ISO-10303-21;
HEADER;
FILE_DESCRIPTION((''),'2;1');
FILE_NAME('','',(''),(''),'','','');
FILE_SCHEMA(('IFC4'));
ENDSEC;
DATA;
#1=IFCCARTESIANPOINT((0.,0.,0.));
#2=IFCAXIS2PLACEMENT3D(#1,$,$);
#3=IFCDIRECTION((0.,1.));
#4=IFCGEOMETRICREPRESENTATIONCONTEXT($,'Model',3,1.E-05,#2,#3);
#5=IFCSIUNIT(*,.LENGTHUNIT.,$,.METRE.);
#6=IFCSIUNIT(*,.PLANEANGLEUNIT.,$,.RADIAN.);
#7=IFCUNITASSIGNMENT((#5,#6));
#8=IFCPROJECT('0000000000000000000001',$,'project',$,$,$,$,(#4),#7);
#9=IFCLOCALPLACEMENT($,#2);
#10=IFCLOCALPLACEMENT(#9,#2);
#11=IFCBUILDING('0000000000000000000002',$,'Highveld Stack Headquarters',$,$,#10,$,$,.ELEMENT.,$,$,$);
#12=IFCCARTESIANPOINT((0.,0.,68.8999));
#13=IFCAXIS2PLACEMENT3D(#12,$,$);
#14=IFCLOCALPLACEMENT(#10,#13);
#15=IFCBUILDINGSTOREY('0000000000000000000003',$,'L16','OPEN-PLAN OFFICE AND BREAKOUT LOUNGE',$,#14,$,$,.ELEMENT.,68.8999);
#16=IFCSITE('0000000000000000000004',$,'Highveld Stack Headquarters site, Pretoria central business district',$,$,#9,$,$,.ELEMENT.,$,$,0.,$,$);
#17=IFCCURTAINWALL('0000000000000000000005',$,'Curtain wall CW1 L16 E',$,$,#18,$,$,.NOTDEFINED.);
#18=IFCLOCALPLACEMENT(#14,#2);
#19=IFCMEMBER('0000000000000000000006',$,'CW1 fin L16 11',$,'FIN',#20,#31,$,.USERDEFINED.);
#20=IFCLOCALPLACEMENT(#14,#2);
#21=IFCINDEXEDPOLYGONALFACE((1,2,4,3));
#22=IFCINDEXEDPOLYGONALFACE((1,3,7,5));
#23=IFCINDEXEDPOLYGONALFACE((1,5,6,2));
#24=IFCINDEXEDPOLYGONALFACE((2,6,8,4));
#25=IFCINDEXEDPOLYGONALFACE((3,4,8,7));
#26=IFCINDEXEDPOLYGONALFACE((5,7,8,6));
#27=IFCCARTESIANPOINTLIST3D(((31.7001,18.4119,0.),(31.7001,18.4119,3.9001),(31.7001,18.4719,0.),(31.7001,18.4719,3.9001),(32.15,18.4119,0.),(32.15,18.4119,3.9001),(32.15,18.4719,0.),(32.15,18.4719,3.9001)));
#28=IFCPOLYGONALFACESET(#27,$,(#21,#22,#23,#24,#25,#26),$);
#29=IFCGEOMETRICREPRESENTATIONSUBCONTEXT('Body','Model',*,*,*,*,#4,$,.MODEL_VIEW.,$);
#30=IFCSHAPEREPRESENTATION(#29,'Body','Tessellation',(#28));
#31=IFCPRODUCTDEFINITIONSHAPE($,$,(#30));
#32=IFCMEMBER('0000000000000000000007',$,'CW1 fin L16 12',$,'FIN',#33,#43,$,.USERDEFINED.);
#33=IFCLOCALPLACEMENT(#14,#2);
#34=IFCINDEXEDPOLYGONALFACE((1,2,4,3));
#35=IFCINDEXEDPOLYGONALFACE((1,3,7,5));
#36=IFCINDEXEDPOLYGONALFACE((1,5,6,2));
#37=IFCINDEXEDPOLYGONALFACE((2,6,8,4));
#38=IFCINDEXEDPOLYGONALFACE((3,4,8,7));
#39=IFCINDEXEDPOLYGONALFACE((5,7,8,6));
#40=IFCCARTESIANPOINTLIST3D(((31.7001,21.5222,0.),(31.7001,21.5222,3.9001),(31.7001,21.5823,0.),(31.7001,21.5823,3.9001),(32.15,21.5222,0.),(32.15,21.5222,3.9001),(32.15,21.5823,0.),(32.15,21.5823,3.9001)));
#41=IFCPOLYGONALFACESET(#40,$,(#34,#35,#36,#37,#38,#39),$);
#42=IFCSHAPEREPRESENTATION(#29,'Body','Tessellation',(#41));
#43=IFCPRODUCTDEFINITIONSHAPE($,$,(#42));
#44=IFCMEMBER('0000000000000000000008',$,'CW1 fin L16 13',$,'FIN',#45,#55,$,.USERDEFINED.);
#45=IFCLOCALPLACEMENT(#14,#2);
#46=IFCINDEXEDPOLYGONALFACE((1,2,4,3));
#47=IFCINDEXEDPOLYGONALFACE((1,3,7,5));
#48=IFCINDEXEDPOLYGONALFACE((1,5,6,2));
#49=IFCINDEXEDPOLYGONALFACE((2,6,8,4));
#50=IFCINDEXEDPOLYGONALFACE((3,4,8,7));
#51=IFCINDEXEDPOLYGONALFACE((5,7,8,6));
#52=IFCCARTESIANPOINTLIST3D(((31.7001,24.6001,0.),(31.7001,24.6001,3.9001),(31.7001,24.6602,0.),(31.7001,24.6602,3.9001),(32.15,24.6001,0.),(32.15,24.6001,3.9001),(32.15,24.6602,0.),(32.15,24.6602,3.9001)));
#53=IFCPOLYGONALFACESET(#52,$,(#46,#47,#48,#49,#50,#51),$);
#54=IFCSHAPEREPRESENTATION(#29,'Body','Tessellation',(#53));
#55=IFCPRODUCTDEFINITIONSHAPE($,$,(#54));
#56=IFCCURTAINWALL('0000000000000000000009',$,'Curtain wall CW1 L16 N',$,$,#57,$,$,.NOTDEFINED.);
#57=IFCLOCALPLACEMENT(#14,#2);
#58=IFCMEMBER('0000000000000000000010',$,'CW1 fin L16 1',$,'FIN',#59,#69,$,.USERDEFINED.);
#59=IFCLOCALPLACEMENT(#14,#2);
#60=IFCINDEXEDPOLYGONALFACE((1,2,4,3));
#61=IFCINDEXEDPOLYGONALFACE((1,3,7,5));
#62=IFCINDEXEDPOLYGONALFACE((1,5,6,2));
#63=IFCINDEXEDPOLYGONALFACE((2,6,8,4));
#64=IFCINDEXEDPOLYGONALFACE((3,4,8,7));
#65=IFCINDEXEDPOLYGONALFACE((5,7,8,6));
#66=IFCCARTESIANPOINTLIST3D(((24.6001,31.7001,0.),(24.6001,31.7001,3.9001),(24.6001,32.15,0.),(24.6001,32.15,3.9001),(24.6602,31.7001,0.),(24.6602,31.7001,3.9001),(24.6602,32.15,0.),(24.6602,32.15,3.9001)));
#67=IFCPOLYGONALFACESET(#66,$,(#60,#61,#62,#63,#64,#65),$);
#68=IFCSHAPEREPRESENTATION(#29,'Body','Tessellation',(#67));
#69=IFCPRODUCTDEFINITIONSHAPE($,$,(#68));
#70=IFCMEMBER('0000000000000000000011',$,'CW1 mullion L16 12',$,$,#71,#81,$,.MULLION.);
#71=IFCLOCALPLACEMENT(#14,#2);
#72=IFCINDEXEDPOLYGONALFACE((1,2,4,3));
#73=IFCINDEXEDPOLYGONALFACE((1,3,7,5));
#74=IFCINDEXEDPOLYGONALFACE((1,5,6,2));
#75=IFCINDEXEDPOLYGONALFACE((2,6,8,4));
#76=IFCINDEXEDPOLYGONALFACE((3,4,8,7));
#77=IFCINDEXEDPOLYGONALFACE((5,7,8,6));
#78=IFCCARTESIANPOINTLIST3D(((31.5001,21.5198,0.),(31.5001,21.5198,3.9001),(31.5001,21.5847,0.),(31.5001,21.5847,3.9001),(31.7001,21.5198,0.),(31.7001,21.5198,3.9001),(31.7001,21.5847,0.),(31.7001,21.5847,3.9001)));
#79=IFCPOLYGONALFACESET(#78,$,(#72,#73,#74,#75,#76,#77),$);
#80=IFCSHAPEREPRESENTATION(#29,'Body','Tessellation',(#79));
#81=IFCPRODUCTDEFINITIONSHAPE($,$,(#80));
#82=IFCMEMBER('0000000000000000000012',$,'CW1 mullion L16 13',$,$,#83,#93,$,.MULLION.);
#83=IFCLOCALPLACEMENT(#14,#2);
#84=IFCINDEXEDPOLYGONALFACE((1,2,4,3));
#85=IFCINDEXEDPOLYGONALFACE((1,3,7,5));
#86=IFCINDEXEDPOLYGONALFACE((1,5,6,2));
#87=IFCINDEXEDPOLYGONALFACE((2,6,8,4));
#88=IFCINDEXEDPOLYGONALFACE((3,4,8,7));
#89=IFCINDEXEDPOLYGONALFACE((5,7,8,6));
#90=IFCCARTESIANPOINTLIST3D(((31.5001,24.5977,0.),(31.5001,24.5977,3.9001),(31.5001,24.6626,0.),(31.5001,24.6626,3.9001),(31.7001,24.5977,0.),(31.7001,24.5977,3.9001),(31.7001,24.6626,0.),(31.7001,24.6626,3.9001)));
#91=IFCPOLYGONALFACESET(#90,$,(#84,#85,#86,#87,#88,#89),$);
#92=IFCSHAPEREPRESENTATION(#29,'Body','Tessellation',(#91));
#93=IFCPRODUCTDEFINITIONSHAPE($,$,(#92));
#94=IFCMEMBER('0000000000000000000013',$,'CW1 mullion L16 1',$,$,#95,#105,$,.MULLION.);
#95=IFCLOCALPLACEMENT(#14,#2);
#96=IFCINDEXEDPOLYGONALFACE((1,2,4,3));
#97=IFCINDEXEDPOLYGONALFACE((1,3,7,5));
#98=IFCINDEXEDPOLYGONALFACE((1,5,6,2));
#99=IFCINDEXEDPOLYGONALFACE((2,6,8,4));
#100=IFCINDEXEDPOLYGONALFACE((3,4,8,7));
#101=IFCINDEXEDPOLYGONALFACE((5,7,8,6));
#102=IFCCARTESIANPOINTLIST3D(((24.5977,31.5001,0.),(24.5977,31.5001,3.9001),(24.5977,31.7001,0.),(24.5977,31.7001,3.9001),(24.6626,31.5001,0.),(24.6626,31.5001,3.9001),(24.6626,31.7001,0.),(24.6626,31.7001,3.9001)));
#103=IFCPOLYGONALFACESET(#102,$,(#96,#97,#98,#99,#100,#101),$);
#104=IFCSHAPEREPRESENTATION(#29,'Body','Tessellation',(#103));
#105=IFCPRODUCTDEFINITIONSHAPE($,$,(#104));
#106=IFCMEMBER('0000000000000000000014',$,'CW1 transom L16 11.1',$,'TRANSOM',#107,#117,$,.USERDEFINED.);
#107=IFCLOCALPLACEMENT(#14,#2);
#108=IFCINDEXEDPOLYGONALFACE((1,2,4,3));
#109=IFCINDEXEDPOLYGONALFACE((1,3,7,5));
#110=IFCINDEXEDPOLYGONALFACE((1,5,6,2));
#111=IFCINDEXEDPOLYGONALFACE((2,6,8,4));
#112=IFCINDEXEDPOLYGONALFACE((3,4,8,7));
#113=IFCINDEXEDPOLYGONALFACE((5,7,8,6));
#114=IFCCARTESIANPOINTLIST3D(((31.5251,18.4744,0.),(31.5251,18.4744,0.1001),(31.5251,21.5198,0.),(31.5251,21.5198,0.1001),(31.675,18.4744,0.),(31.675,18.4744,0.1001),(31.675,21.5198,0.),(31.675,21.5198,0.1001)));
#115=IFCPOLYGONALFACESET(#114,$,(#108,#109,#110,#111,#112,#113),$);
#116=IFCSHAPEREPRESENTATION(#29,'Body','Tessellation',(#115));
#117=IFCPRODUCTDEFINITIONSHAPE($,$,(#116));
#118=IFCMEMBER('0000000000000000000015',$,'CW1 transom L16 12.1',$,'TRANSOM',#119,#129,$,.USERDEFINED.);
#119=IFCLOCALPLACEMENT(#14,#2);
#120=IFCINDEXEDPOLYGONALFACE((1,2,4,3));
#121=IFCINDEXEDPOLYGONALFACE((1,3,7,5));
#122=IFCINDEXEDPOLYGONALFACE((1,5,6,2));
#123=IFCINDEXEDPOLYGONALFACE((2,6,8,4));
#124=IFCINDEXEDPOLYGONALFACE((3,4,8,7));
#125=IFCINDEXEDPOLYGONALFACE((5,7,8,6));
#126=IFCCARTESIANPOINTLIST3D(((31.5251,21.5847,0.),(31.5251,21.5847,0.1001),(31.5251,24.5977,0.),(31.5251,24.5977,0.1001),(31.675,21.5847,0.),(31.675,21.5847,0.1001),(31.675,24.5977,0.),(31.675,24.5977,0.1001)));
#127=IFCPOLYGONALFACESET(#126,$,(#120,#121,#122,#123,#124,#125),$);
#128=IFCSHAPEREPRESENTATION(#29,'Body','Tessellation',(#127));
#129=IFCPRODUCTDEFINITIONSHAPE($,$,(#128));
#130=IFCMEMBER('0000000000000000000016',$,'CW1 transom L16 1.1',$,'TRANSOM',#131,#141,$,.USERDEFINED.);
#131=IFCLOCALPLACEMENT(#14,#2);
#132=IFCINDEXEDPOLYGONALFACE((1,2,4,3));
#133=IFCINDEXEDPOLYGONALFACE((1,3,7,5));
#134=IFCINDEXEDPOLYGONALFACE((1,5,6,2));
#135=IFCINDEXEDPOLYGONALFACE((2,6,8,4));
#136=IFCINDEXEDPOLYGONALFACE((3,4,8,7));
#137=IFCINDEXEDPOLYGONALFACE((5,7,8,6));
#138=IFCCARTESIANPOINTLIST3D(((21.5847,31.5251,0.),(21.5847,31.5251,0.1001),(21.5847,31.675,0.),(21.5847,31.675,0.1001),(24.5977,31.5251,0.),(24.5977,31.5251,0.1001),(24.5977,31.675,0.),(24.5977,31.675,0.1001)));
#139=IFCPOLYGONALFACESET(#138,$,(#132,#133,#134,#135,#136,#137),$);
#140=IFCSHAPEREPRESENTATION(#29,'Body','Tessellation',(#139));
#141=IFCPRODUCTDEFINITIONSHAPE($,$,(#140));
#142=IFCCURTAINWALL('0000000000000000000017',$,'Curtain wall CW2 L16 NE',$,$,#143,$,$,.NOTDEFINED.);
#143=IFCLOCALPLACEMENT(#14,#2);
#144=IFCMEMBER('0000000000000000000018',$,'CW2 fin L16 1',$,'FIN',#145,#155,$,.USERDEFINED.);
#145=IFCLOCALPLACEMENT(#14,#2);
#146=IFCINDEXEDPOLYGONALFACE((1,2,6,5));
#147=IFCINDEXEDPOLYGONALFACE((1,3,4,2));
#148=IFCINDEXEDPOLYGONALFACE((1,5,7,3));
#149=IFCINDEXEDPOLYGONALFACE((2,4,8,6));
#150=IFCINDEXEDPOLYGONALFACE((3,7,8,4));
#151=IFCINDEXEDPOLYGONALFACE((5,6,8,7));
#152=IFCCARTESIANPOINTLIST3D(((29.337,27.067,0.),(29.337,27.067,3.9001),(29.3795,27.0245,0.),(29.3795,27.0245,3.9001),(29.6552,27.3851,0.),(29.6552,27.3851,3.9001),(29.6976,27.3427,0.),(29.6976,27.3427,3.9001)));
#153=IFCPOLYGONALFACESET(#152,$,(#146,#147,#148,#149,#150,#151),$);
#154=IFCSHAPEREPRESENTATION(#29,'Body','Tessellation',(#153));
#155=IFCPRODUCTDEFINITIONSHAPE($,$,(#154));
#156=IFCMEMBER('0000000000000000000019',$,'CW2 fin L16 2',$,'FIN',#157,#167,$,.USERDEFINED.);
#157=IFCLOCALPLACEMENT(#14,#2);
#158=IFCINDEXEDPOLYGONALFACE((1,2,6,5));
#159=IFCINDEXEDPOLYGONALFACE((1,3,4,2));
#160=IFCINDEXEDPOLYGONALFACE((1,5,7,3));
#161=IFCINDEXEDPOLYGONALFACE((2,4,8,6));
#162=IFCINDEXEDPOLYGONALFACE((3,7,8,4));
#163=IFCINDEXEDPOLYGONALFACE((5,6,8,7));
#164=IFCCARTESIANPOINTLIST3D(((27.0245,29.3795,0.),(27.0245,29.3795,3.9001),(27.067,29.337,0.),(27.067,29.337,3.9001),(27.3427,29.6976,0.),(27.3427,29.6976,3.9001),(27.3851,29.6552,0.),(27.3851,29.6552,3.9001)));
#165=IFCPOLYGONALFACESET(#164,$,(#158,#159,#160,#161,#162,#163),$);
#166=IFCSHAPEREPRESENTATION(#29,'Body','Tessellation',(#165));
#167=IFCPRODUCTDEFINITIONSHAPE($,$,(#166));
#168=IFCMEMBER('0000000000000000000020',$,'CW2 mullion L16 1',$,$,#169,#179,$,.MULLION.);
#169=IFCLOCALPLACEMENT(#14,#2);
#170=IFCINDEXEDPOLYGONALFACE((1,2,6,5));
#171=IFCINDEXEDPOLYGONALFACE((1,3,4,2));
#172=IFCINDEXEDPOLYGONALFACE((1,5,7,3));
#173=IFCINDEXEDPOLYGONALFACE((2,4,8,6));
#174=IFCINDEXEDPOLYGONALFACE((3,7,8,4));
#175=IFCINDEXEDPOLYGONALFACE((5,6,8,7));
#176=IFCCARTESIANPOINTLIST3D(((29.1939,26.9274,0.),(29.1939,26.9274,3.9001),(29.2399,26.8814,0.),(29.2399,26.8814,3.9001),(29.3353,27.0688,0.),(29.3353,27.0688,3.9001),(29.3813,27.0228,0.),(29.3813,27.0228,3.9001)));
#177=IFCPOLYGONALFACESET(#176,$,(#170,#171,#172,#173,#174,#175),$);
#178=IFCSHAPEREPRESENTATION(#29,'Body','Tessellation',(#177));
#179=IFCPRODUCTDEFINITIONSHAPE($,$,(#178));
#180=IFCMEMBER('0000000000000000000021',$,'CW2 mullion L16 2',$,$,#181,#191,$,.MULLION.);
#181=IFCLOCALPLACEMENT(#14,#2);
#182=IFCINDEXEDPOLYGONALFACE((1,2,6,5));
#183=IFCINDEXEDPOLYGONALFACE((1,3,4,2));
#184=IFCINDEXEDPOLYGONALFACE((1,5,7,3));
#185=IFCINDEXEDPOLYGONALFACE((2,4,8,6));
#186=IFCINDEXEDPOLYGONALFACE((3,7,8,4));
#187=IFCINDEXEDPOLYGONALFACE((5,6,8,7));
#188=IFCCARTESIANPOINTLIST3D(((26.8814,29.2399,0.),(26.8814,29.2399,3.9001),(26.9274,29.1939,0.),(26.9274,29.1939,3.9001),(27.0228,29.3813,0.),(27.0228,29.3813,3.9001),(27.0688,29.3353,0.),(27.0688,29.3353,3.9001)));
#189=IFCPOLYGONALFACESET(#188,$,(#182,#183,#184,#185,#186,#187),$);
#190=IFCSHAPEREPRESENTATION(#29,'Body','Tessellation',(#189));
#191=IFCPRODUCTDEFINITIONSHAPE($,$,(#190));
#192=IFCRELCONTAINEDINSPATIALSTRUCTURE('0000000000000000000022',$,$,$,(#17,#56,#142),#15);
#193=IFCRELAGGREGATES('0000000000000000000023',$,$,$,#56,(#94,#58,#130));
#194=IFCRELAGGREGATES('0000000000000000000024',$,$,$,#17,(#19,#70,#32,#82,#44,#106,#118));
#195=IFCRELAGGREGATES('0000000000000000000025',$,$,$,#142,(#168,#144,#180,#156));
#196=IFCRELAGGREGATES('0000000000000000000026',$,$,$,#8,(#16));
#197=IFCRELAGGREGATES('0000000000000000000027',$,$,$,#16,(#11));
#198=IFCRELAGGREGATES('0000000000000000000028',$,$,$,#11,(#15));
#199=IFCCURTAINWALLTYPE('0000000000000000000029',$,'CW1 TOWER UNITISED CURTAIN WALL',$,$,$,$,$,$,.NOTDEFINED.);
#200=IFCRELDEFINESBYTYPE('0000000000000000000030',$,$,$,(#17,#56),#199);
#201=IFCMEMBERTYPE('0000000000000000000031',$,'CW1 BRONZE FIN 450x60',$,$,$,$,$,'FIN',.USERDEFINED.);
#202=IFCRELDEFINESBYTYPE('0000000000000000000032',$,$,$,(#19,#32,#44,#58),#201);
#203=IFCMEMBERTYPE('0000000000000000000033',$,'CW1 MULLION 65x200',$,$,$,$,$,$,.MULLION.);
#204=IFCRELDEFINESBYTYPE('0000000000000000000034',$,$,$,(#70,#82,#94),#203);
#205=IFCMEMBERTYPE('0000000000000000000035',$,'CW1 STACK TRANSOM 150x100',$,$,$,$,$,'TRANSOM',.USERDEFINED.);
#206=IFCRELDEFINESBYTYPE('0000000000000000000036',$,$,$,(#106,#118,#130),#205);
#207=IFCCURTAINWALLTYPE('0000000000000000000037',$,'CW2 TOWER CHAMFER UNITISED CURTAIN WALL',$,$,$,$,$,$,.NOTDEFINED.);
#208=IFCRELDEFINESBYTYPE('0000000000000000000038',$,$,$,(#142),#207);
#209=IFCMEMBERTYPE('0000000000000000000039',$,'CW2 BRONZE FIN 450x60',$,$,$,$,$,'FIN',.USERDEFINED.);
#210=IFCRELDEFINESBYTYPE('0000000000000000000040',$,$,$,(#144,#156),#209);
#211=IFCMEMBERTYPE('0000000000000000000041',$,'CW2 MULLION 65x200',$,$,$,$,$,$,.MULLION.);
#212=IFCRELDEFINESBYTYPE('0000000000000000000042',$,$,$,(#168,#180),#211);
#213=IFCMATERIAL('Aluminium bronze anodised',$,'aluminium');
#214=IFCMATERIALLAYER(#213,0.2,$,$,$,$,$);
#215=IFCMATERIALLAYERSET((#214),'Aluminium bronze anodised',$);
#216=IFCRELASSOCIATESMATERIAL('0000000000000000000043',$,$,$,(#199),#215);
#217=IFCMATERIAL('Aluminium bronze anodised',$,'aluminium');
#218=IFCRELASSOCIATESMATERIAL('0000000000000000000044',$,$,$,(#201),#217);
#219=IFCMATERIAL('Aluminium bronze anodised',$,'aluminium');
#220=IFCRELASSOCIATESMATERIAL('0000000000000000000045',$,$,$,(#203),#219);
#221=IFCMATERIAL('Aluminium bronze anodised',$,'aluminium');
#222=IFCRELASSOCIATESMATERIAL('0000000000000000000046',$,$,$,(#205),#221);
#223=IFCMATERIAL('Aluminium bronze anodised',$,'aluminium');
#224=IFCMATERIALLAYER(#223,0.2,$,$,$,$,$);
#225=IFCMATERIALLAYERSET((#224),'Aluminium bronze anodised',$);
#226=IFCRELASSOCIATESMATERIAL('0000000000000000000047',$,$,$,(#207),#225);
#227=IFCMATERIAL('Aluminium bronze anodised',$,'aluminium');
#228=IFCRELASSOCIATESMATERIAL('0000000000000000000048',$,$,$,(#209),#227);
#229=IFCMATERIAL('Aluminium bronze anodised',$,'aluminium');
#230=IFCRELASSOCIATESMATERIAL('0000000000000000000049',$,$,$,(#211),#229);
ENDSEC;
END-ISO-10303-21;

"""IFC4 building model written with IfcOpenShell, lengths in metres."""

from ifc_helpers import new_model, si_unit, direction, frame, origin, origin_2d, place, context, subcontext, project, spatial, rectangle, extrude, material, layer, layer_set, material_profile, profile_set, type_object, element, aggregate, save


model = new_model("IFC4")

# Units and contexts
model_context = context("Model", 3, precision=1e-05, world=origin(), true_north=direction((0.0, 1.0)))
body_context = subcontext(model_context, "Body", "Model", "MODEL_VIEW")
ifc_project = project(units=[si_unit("LENGTHUNIT", "METRE"), si_unit("PLANEANGLEUNIT", "RADIAN")], contexts=[model_context])

# Site, building, storey
site_placement = place(None, origin())
site = spatial("IfcSite", under=ifc_project, at=site_placement, Name="Highveld Stack Headquarters site, Pretoria central business district", CompositionType="ELEMENT", RefElevation=0.0)
building_placement = place(site_placement, origin())
building = spatial("IfcBuilding", under=site, at=building_placement, Name="Highveld Stack Headquarters", CompositionType="ELEMENT")
storey_placement = place(building_placement, frame((0.0, 0.0, 68.8999)))
storey = spatial("IfcBuildingStorey", under=building, at=storey_placement, Name="L16", Description="OPEN-PLAN OFFICE AND BREAKOUT LOUNGE", CompositionType="ELEMENT", Elevation=68.8999)

# Curtain wall, members
ifc_material_1 = material(Name="Aluminium bronze anodised", Category="aluminium")
ifc_layer_1 = layer(ifc_material_1, 0.2)
ifc_layer_set_1 = layer_set([ifc_layer_1], Name="Aluminium bronze anodised")
curtain_wall_type_1 = type_object("IfcCurtainWallType", Name="CW1 TOWER UNITISED CURTAIN WALL", PredefinedType="NOTDEFINED", material=ifc_layer_set_1)
curtain_wall_1_placement = place(storey_placement, origin())
curtain_wall_1 = element("IfcCurtainWall", 1, at=curtain_wall_1_placement, inside=storey, type_object=curtain_wall_type_1, Name="Curtain wall CW1 L16 E", PredefinedType="NOTDEFINED")
ifc_material_2 = material(Name="Aluminium bronze anodised", Category="aluminium")
ifc_material_profile_1 = material_profile(ifc_material_2, rectangle(XDim=0.45, YDim=0.0601, at=origin_2d()), Name="FIN 450x60")
ifc_profile_set_1 = profile_set([ifc_material_profile_1], Name="Aluminium bronze anodised")
member_type_1 = type_object("IfcMemberType", Name="CW1 BRONZE FIN 450x60", ElementType="FIN", PredefinedType="USERDEFINED", material=ifc_profile_set_1)
member_1_placement = place(storey_placement, frame((31.925, 18.4419, 0.0), z_axis=(0.0, 0.0, 1.0), x_axis=(-1.0, 0.0, 0.0)))
member_1 = element("IfcMember", 2, at=member_1_placement, type_object=member_type_1, Name="CW1 fin L16 11", ObjectType="FIN", PredefinedType="USERDEFINED", context=body_context, shape_type="SweptSolid", body=[
    extrude(rectangle(XDim=0.45, YDim=0.0601, at=origin_2d()), origin(), (0.0, 0.0, 1.0), 3.9001),
])
member_2_placement = place(storey_placement, frame((31.925, 21.5522, 0.0), z_axis=(0.0, 0.0, 1.0), x_axis=(-1.0, 0.0, 0.0)))
member_2 = element("IfcMember", 3, at=member_2_placement, type_object=member_type_1, Name="CW1 fin L16 12", ObjectType="FIN", PredefinedType="USERDEFINED", context=body_context, shape_type="SweptSolid", body=[
    extrude(rectangle(XDim=0.45, YDim=0.0601, at=origin_2d()), origin(), (0.0, 0.0, 1.0), 3.9001),
])
member_3_placement = place(storey_placement, frame((31.925, 24.6301, 0.0), z_axis=(0.0, 0.0, 1.0), x_axis=(-1.0, 0.0, 0.0)))
member_3 = element("IfcMember", 4, at=member_3_placement, type_object=member_type_1, Name="CW1 fin L16 13", ObjectType="FIN", PredefinedType="USERDEFINED", context=body_context, shape_type="SweptSolid", body=[
    extrude(rectangle(XDim=0.45, YDim=0.0601, at=origin_2d()), origin(), (0.0, 0.0, 1.0), 3.9001),
])

# Curtain wall, member
curtain_wall_2_placement = place(storey_placement, origin())
curtain_wall_2 = element("IfcCurtainWall", 5, at=curtain_wall_2_placement, inside=storey, type_object=curtain_wall_type_1, Name="Curtain wall CW1 L16 N", PredefinedType="NOTDEFINED")
member_4_placement = place(storey_placement, frame((24.6301, 31.925, 0.0), z_axis=(0.0, 0.0, 1.0), x_axis=(0.0, -1.0, 0.0)))
member_4 = element("IfcMember", 6, at=member_4_placement, type_object=member_type_1, Name="CW1 fin L16 1", ObjectType="FIN", PredefinedType="USERDEFINED", context=body_context, shape_type="SweptSolid", body=[
    extrude(rectangle(XDim=0.45, YDim=0.0601, at=origin_2d()), origin(), (0.0, 0.0, 1.0), 3.9001),
])

# Members
ifc_material_3 = material(Name="Aluminium bronze anodised", Category="aluminium")
ifc_material_profile_2 = material_profile(ifc_material_3, rectangle(XDim=0.2, YDim=0.0649, at=origin_2d()), Name="CW1 MULLION 65x200")
ifc_profile_set_2 = profile_set([ifc_material_profile_2], Name="Aluminium bronze anodised")
member_type_2 = type_object("IfcMemberType", Name="CW1 MULLION 65x200", PredefinedType="MULLION", material=ifc_profile_set_2)
member_5_placement = place(storey_placement, frame((31.6001, 21.5522, 0.0), z_axis=(0.0, 0.0, 1.0), x_axis=(-1.0, 0.0, 0.0)))
member_5 = element("IfcMember", 7, at=member_5_placement, type_object=member_type_2, Name="CW1 mullion L16 12", PredefinedType="MULLION", context=body_context, shape_type="SweptSolid", body=[
    extrude(rectangle(XDim=0.2, YDim=0.0649, at=origin_2d()), origin(), (0.0, 0.0, 1.0), 3.9001),
])
member_6_placement = place(storey_placement, frame((31.6001, 24.6301, 0.0), z_axis=(0.0, 0.0, 1.0), x_axis=(-1.0, 0.0, 0.0)))
member_6 = element("IfcMember", 8, at=member_6_placement, type_object=member_type_2, Name="CW1 mullion L16 13", PredefinedType="MULLION", context=body_context, shape_type="SweptSolid", body=[
    extrude(rectangle(XDim=0.2, YDim=0.0649, at=origin_2d()), origin(), (0.0, 0.0, 1.0), 3.9001),
])
member_7_placement = place(storey_placement, frame((24.6301, 31.6001, 0.0), z_axis=(0.0, 0.0, 1.0), x_axis=(0.0, -1.0, 0.0)))
member_7 = element("IfcMember", 9, at=member_7_placement, type_object=member_type_2, Name="CW1 mullion L16 1", PredefinedType="MULLION", context=body_context, shape_type="SweptSolid", body=[
    extrude(rectangle(XDim=0.2, YDim=0.0649, at=origin_2d()), origin(), (0.0, 0.0, 1.0), 3.9001),
])
ifc_material_4 = material(Name="Aluminium bronze anodised", Category="aluminium")
ifc_material_profile_3 = material_profile(ifc_material_4, rectangle(XDim=0.1499, YDim=0.1001, at=origin_2d()), Name="CW1 TRANSOM 150x100")
ifc_profile_set_3 = profile_set([ifc_material_profile_3], Name="Aluminium bronze anodised")
member_type_3 = type_object("IfcMemberType", Name="CW1 STACK TRANSOM 150x100", ElementType="TRANSOM", PredefinedType="USERDEFINED", material=ifc_profile_set_3)
member_8_placement = place(storey_placement, frame((31.6001, 18.4744, 0.05), z_axis=(0.0, 1.0, 0.0), x_axis=(-1.0, 0.0, 0.0)))
member_8 = element("IfcMember", 10, at=member_8_placement, type_object=member_type_3, Name="CW1 transom L16 11.1", ObjectType="TRANSOM", PredefinedType="USERDEFINED", context=body_context, shape_type="SweptSolid", body=[
    extrude(rectangle(XDim=0.1499, YDim=0.1001, at=origin_2d()), origin(), (0.0, 0.0, 1.0), 3.0454),
])
member_9_placement = place(storey_placement, frame((31.6001, 21.5847, 0.05), z_axis=(0.0, 1.0, 0.0), x_axis=(-1.0, 0.0, 0.0)))
member_9 = element("IfcMember", 11, at=member_9_placement, type_object=member_type_3, Name="CW1 transom L16 12.1", ObjectType="TRANSOM", PredefinedType="USERDEFINED", context=body_context, shape_type="SweptSolid", body=[
    extrude(rectangle(XDim=0.1499, YDim=0.1001, at=origin_2d()), origin(), (0.0, 0.0, 1.0), 3.0129),
])
member_10_placement = place(storey_placement, frame((24.5977, 31.6001, 0.05), z_axis=(-1.0, 0.0, 0.0), x_axis=(0.0, -1.0, 0.0)))
member_10 = element("IfcMember", 12, at=member_10_placement, type_object=member_type_3, Name="CW1 transom L16 1.1", ObjectType="TRANSOM", PredefinedType="USERDEFINED", context=body_context, shape_type="SweptSolid", body=[
    extrude(rectangle(XDim=0.1499, YDim=0.1001, at=origin_2d()), origin(), (0.0, 0.0, 1.0), 3.0129),
])
aggregate(curtain_wall_2, [member_7, member_4, member_10])

# Curtain wall, members
ifc_material_5 = material(Name="Aluminium bronze anodised", Category="aluminium")
ifc_layer_2 = layer(ifc_material_5, 0.2)
ifc_layer_set_2 = layer_set([ifc_layer_2], Name="Aluminium bronze anodised")
curtain_wall_type_2 = type_object("IfcCurtainWallType", Name="CW2 TOWER CHAMFER UNITISED CURTAIN WALL", PredefinedType="NOTDEFINED", material=ifc_layer_set_2)
curtain_wall_3_placement = place(storey_placement, origin())
curtain_wall_3 = element("IfcCurtainWall", 13, at=curtain_wall_3_placement, inside=storey, type_object=curtain_wall_type_2, Name="Curtain wall CW2 L16 NE", PredefinedType="NOTDEFINED")
ifc_material_6 = material(Name="Aluminium bronze anodised", Category="aluminium")
ifc_material_profile_4 = material_profile(ifc_material_6, rectangle(XDim=0.45, YDim=0.0601, at=origin_2d()), Name="FIN 450x60")
ifc_profile_set_4 = profile_set([ifc_material_profile_4], Name="Aluminium bronze anodised")
member_type_4 = type_object("IfcMemberType", Name="CW2 BRONZE FIN 450x60", ElementType="FIN", PredefinedType="USERDEFINED", material=ifc_profile_set_4)
member_11_placement = place(storey_placement, frame((29.5173, 27.2048, 0.0), z_axis=(0.0, 0.0, 1.0), x_axis=(-0.707107, -0.707107, 0.0)))
member_11 = element("IfcMember", 14, at=member_11_placement, type_object=member_type_4, Name="CW2 fin L16 1", ObjectType="FIN", PredefinedType="USERDEFINED", context=body_context, shape_type="SweptSolid", body=[
    extrude(rectangle(XDim=0.45, YDim=0.0601, at=origin_2d()), origin(), (0.0, 0.0, 1.0), 3.9001),
])
member_12_placement = place(storey_placement, frame((27.2048, 29.5173, 0.0), z_axis=(0.0, 0.0, 1.0), x_axis=(-0.707107, -0.707107, 0.0)))
member_12 = element("IfcMember", 15, at=member_12_placement, type_object=member_type_4, Name="CW2 fin L16 2", ObjectType="FIN", PredefinedType="USERDEFINED", context=body_context, shape_type="SweptSolid", body=[
    extrude(rectangle(XDim=0.45, YDim=0.0601, at=origin_2d()), origin(), (0.0, 0.0, 1.0), 3.9001),
])
ifc_material_7 = material(Name="Aluminium bronze anodised", Category="aluminium")
ifc_material_profile_5 = material_profile(ifc_material_7, rectangle(XDim=0.2, YDim=0.0649, at=origin_2d()), Name="CW2 MULLION 65x200")
ifc_profile_set_5 = profile_set([ifc_material_profile_5], Name="Aluminium bronze anodised")
member_type_5 = type_object("IfcMemberType", Name="CW2 MULLION 65x200", PredefinedType="MULLION", material=ifc_profile_set_5)
member_13_placement = place(storey_placement, frame((29.2876, 26.9751, 0.0), z_axis=(0.0, 0.0, 1.0), x_axis=(-0.707107, -0.707107, 0.0)))
member_13 = element("IfcMember", 16, at=member_13_placement, type_object=member_type_5, Name="CW2 mullion L16 1", PredefinedType="MULLION", context=body_context, shape_type="SweptSolid", body=[
    extrude(rectangle(XDim=0.2, YDim=0.0649, at=origin_2d()), origin(), (0.0, 0.0, 1.0), 3.9001),
])
member_14_placement = place(storey_placement, frame((26.9751, 29.2876, 0.0), z_axis=(0.0, 0.0, 1.0), x_axis=(-0.707107, -0.707107, 0.0)))
member_14 = element("IfcMember", 17, at=member_14_placement, type_object=member_type_5, Name="CW2 mullion L16 2", PredefinedType="MULLION", context=body_context, shape_type="SweptSolid", body=[
    extrude(rectangle(XDim=0.2, YDim=0.0649, at=origin_2d()), origin(), (0.0, 0.0, 1.0), 3.9001),
])

aggregate(curtain_wall_1, [member_1, member_5, member_2, member_6, member_3, member_8, member_9])
aggregate(curtain_wall_3, [member_13, member_11, member_14, member_12])

save(model, "model.ifc")
